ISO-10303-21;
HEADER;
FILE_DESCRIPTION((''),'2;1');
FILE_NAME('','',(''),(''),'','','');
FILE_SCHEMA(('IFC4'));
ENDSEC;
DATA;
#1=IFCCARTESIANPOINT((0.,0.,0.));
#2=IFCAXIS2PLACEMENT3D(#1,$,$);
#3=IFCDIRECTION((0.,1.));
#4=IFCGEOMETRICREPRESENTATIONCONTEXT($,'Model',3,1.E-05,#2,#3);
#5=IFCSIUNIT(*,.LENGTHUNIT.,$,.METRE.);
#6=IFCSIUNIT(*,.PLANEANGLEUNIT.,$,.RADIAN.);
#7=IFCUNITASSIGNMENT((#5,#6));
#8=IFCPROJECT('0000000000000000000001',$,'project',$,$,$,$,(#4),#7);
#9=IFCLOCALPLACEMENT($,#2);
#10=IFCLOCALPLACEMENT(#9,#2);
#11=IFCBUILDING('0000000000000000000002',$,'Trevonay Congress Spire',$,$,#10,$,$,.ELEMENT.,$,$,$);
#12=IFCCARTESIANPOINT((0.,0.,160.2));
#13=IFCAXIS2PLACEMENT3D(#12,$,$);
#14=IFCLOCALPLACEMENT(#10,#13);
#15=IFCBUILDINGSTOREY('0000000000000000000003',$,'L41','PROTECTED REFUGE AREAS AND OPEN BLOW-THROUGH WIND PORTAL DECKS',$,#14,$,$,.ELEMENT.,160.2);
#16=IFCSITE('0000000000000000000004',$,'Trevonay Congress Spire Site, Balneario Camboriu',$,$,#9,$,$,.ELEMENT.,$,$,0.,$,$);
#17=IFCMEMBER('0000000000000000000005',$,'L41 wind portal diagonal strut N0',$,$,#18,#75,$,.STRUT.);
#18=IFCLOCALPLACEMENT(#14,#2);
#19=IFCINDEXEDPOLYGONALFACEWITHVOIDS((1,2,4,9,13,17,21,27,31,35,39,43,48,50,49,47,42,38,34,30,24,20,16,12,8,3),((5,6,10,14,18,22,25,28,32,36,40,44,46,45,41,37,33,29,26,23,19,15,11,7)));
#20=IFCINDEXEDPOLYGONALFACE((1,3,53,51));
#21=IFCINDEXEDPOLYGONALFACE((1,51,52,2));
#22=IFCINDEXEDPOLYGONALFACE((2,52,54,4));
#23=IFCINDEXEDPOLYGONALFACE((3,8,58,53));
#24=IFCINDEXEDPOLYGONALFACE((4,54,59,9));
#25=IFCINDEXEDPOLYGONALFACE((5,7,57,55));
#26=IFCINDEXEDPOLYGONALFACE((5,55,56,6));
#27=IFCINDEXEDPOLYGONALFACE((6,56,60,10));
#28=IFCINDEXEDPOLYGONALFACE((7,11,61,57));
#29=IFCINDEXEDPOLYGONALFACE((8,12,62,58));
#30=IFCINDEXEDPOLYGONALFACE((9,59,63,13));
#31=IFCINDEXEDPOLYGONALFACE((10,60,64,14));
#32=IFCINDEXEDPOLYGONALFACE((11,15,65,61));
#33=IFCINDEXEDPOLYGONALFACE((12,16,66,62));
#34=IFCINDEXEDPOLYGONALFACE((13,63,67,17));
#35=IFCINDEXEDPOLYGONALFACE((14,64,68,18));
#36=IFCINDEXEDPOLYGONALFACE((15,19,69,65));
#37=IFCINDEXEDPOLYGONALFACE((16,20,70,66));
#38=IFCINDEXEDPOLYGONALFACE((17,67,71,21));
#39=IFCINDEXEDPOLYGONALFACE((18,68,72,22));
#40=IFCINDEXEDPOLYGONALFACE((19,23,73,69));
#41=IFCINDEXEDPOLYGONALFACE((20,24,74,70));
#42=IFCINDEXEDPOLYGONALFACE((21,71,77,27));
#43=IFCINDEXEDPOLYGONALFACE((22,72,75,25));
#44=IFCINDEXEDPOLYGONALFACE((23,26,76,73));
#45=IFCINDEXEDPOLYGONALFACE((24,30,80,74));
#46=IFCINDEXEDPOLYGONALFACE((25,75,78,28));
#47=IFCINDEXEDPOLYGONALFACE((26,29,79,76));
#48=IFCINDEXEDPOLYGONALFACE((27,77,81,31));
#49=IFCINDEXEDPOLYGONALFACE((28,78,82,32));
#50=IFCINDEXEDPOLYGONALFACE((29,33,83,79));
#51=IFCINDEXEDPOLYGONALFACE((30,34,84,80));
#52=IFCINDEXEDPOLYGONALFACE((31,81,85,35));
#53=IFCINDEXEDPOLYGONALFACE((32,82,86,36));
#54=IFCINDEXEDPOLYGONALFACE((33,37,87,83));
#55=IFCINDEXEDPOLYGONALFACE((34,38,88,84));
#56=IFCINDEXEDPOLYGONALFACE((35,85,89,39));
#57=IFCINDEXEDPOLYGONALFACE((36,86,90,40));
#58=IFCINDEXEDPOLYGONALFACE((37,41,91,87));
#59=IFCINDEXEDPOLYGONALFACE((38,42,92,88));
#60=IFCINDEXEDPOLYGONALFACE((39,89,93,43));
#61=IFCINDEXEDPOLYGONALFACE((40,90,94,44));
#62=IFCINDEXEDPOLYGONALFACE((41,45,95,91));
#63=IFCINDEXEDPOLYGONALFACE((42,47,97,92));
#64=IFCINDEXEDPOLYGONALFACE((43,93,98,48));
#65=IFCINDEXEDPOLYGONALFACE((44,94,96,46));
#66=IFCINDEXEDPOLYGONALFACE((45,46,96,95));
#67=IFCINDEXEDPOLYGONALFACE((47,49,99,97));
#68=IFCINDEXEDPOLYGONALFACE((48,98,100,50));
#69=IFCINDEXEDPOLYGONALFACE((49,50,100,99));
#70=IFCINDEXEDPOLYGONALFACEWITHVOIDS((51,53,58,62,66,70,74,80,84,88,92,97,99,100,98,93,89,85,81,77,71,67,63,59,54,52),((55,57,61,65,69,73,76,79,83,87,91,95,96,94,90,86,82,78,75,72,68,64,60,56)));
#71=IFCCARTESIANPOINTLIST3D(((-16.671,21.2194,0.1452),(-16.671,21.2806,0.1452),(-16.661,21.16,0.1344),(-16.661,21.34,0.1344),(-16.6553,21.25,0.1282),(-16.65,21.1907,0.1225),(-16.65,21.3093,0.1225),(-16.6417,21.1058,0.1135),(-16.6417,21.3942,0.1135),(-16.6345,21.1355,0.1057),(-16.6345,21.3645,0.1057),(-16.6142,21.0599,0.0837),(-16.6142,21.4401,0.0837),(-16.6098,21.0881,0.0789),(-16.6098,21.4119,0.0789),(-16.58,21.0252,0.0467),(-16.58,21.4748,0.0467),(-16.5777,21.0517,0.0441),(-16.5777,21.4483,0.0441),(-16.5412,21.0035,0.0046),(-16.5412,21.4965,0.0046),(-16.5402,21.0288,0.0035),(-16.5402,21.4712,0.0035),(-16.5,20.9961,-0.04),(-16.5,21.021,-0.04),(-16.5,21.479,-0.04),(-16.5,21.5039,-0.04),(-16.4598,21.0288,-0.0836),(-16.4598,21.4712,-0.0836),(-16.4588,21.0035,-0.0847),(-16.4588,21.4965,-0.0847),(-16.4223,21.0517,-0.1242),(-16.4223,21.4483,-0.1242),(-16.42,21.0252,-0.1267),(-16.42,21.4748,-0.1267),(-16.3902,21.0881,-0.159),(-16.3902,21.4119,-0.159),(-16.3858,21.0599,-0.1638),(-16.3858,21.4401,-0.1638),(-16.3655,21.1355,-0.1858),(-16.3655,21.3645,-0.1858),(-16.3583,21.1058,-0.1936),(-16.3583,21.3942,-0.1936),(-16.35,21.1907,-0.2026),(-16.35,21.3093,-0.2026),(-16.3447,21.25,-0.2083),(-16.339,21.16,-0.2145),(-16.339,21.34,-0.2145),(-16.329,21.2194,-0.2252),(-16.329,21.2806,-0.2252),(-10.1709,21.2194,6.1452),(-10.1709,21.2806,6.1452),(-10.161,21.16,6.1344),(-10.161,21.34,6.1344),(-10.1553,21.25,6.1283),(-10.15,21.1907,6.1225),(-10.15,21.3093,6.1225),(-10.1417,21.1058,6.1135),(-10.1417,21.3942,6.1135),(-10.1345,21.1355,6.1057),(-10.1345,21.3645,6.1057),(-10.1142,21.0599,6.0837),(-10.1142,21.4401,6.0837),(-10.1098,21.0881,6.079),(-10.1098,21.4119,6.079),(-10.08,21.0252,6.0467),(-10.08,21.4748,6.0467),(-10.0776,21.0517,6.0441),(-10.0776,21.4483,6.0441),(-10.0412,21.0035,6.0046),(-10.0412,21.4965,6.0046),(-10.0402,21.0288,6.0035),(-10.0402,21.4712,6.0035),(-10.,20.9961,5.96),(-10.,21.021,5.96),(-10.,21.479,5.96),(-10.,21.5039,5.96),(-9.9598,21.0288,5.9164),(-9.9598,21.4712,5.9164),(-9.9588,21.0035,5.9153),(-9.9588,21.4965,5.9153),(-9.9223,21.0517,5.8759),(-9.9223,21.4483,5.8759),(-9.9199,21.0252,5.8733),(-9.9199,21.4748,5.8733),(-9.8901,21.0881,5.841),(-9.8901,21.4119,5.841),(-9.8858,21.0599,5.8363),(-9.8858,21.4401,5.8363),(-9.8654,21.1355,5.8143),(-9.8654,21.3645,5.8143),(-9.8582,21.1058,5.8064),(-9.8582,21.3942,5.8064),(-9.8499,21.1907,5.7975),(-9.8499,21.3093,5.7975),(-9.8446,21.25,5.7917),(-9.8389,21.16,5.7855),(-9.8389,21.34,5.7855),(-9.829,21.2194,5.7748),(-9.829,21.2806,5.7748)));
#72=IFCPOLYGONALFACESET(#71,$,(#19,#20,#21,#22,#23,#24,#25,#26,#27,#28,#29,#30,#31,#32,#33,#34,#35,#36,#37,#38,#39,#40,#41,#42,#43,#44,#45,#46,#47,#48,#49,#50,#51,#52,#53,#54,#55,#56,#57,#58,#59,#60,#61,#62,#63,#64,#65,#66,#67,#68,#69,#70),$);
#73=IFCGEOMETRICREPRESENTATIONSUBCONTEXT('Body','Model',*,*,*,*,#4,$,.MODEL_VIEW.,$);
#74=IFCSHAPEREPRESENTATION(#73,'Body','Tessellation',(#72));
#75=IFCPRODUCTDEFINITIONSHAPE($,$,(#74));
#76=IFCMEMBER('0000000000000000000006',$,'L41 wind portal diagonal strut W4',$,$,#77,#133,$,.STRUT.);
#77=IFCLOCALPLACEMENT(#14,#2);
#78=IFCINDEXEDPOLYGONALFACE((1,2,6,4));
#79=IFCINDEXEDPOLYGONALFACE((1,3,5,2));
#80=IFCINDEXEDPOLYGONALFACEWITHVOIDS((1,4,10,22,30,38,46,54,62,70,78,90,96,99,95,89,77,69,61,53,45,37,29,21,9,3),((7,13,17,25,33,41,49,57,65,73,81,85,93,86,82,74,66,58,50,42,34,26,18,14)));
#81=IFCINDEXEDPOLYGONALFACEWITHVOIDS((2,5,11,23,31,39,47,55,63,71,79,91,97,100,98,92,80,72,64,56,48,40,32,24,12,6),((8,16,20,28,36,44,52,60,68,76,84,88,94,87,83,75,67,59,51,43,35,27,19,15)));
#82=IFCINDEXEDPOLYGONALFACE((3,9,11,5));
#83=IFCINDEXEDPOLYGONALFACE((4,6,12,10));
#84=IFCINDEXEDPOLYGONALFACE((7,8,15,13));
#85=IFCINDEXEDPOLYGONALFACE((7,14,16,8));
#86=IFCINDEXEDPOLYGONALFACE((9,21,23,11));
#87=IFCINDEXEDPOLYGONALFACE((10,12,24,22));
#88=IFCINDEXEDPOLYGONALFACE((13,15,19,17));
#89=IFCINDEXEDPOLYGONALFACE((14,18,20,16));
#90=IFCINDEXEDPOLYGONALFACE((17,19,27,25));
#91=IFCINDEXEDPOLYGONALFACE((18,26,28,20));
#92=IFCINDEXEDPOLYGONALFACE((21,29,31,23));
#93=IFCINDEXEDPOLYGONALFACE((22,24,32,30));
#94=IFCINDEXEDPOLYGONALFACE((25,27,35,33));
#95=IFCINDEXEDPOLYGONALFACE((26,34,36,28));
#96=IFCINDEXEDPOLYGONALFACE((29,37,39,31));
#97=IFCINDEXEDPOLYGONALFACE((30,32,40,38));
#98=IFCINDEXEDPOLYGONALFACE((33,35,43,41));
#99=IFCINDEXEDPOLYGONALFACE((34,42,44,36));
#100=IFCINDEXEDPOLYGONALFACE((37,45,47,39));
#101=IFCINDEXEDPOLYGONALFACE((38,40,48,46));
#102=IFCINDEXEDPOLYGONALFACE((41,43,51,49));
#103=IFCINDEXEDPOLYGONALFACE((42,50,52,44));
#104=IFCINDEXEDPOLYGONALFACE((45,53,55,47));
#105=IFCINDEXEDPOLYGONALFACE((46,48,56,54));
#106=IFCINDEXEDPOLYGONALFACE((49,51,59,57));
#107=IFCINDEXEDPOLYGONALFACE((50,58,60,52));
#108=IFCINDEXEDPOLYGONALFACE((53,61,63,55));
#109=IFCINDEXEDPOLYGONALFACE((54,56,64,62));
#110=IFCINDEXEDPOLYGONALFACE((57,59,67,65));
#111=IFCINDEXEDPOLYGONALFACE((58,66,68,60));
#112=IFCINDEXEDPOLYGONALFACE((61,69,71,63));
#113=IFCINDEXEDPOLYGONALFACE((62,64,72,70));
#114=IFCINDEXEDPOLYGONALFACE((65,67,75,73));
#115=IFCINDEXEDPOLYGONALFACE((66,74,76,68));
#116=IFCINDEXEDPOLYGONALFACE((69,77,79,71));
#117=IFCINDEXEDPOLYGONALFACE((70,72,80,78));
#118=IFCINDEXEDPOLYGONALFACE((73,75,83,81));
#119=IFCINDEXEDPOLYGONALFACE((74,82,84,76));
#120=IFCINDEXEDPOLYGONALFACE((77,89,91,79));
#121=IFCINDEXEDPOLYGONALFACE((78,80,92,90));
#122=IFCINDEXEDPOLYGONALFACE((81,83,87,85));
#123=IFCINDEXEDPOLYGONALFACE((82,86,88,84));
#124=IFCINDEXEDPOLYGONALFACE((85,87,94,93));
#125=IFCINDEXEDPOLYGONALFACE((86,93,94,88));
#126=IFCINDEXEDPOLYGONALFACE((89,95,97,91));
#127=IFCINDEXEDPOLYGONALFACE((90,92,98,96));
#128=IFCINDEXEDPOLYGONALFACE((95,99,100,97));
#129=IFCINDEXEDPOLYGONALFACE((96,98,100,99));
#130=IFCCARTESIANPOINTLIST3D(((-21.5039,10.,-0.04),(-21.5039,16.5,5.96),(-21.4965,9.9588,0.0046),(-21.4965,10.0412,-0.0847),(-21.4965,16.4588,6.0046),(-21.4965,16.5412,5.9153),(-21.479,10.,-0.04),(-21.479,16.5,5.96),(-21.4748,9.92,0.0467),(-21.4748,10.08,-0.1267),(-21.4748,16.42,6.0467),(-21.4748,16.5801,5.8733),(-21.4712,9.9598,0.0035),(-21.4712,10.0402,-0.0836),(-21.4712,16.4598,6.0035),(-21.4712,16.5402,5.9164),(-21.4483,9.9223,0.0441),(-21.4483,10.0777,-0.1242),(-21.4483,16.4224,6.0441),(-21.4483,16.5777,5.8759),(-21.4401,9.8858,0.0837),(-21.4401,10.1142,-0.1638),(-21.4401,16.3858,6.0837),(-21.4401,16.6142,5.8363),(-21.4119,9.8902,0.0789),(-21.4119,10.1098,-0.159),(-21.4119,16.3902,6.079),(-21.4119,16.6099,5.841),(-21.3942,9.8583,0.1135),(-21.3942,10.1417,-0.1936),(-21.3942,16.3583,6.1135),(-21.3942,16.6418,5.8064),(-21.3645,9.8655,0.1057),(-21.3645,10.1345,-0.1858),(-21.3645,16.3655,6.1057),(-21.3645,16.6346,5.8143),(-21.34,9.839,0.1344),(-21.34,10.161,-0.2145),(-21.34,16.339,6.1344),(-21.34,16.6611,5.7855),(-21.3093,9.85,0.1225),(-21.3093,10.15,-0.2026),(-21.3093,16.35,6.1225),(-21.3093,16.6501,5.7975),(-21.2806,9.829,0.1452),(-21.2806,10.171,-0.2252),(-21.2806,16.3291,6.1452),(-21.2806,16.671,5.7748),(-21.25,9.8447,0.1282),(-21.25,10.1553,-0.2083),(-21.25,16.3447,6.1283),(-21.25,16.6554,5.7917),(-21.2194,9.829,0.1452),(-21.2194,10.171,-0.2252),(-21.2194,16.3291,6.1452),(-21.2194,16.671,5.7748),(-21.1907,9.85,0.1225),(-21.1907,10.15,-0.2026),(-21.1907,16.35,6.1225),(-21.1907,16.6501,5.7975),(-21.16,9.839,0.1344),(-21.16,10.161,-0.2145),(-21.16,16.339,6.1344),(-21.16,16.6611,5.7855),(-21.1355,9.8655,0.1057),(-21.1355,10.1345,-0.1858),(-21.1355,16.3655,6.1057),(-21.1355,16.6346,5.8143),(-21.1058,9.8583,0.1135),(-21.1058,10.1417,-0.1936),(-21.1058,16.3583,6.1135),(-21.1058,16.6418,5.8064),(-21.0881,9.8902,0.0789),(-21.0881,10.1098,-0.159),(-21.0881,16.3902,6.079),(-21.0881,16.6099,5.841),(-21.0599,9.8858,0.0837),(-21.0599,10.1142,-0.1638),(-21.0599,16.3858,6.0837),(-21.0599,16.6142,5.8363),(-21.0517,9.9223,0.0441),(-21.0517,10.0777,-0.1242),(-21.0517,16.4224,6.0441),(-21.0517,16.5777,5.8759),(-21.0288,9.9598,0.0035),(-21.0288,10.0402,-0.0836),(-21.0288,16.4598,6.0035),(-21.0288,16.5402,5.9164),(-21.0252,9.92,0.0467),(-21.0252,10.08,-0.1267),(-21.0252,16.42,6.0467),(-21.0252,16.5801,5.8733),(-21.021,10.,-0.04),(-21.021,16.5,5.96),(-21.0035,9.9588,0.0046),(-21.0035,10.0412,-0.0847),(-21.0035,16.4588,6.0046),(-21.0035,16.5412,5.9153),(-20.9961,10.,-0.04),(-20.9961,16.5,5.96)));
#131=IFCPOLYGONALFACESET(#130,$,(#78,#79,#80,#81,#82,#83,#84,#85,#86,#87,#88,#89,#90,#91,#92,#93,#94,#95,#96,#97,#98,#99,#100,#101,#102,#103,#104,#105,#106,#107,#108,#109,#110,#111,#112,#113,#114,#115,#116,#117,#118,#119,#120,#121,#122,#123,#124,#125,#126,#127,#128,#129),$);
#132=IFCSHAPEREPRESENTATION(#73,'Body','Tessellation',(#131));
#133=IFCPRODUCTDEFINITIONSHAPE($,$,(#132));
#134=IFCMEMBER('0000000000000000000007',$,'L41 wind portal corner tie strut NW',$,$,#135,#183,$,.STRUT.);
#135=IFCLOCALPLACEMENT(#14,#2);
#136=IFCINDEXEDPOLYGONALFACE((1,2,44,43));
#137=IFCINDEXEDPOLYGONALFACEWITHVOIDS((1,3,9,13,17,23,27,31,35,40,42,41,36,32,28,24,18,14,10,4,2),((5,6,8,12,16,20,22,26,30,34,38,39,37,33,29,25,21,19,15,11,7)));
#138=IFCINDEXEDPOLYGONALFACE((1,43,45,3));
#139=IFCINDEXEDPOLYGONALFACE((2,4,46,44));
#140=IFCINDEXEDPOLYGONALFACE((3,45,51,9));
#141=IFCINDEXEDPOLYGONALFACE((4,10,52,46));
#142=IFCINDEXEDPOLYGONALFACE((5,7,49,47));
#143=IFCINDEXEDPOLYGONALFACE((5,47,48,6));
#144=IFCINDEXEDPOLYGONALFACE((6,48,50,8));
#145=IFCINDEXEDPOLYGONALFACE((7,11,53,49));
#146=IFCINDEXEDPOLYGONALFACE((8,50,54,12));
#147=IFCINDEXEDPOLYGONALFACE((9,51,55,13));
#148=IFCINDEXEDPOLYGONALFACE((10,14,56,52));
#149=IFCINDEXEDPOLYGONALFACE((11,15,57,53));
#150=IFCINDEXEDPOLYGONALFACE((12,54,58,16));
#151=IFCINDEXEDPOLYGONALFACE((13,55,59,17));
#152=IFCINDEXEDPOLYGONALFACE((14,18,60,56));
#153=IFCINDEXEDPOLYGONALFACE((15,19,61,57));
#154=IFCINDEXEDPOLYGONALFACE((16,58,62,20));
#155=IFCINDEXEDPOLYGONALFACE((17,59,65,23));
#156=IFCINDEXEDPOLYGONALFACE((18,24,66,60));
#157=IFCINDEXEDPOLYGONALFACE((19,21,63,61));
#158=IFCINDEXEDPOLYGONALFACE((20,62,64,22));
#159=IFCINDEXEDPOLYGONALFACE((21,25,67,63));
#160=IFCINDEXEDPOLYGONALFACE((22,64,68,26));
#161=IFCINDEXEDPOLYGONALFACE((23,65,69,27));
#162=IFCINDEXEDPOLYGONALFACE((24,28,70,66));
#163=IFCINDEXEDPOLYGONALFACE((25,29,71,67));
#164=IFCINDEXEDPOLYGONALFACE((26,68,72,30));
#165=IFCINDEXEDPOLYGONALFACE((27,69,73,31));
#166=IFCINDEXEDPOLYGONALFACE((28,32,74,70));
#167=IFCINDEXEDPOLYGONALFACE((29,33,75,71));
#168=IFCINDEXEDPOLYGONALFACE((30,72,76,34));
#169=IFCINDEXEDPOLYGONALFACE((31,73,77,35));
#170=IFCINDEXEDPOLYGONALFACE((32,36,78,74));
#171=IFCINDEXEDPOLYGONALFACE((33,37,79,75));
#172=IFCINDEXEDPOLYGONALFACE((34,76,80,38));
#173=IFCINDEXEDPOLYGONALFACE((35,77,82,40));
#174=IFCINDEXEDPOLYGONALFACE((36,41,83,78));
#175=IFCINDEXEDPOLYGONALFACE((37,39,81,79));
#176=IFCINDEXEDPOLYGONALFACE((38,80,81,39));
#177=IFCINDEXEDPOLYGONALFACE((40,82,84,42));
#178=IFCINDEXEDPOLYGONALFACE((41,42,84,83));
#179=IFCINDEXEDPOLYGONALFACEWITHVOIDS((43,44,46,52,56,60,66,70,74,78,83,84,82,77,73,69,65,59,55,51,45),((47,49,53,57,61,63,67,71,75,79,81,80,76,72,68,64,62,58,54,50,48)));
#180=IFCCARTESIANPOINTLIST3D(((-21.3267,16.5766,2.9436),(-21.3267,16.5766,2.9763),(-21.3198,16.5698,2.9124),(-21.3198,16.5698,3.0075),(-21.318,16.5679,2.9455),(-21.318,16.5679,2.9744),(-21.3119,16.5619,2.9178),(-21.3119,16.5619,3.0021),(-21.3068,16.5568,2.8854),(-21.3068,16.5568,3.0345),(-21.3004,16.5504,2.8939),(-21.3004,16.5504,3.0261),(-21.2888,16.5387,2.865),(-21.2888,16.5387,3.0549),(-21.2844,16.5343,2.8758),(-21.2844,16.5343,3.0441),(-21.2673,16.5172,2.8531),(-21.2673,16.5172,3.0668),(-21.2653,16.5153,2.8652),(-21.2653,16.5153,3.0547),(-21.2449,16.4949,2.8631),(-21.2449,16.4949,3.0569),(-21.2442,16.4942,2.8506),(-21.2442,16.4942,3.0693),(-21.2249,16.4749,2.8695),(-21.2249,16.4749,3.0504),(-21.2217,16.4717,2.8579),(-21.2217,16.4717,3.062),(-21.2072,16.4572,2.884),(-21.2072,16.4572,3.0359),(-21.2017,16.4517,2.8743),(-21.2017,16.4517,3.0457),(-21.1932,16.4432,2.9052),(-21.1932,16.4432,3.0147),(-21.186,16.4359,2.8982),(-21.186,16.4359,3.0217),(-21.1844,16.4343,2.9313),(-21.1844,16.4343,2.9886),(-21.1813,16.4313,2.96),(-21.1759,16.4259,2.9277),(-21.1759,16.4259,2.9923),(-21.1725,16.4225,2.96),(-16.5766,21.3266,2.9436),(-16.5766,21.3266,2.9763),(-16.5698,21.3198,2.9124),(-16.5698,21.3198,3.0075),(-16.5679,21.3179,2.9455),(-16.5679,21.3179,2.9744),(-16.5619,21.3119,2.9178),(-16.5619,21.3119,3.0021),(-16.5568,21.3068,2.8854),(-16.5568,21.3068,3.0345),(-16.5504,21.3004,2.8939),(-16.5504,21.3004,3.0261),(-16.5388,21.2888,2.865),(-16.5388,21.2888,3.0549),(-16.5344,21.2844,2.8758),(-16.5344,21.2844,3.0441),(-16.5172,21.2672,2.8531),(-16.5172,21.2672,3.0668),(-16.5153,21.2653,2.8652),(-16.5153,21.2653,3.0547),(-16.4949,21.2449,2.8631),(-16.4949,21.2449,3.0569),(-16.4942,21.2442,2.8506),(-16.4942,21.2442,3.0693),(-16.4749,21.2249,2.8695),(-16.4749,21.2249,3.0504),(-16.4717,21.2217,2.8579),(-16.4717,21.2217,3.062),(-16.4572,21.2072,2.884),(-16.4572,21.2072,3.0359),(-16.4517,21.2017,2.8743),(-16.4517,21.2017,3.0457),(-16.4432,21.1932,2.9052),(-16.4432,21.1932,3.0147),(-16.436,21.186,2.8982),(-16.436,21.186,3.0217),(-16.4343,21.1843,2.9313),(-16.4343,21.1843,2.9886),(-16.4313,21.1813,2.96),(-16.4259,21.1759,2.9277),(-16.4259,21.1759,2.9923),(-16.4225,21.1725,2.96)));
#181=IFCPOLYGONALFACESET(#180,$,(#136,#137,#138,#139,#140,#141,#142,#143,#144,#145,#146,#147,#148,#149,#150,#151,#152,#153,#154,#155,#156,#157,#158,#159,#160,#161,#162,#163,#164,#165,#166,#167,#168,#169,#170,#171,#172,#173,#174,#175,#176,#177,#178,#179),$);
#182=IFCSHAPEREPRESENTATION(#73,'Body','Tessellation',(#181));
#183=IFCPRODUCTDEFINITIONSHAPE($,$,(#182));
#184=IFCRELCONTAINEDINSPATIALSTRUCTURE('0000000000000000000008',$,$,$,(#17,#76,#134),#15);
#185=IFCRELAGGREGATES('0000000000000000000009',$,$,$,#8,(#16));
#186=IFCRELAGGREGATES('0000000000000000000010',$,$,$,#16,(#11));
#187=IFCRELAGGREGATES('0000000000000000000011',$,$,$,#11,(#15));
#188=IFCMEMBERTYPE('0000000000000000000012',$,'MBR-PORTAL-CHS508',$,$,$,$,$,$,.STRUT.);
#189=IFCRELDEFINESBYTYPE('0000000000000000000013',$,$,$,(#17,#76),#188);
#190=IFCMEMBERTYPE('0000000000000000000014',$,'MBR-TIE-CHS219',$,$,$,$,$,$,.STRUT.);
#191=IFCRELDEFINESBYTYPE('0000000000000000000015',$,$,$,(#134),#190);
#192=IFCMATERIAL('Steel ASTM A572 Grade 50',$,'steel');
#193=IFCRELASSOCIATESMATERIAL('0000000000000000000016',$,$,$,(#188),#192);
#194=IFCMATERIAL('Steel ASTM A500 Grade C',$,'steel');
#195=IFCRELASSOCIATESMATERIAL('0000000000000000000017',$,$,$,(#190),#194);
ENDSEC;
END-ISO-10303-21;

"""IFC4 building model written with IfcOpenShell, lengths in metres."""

from ifc_helpers import new_model, si_unit, direction, frame, origin, origin_2d, place, context, subcontext, project, spatial, hollow_circle, extrude, material, material_profile, profile_set, type_object, element, save


model = new_model("IFC4")

# Units and contexts
model_context = context("Model", 3, precision=1e-05, world=origin(), true_north=direction((0.0, 1.0)))
body_context = subcontext(model_context, "Body", "Model", "MODEL_VIEW")
ifc_project = project(units=[si_unit("LENGTHUNIT", "METRE"), si_unit("PLANEANGLEUNIT", "RADIAN")], contexts=[model_context])

# Site, building, storey
site_placement = place(None, origin())
site = spatial("IfcSite", under=ifc_project, at=site_placement, Name="Trevonay Congress Spire Site, Balneario Camboriu", CompositionType="ELEMENT", RefElevation=0.0)
building_placement = place(site_placement, origin())
building = spatial("IfcBuilding", under=site, at=building_placement, Name="Trevonay Congress Spire", CompositionType="ELEMENT")
storey_placement = place(building_placement, frame((0.0, 0.0, 160.2)))
storey = spatial("IfcBuildingStorey", under=building, at=storey_placement, Name="L41", Description="PROTECTED REFUGE AREAS AND OPEN BLOW-THROUGH WIND PORTAL DECKS", CompositionType="ELEMENT", Elevation=160.2)

# Shared definitions
ifc_material_1 = material(Name="Steel ASTM A572 Grade 50", Category="steel")

# Members
ifc_material_profile_1 = material_profile(ifc_material_1, hollow_circle(Radius=0.2539, WallThickness=0.0249, at=origin_2d()), Name="CHS 508x25")
ifc_profile_set_1 = profile_set([ifc_material_profile_1], Name="Steel ASTM A572 Grade 50")
member_type_1 = type_object("IfcMemberType", Name="MBR-PORTAL-CHS508", PredefinedType="STRUT", material=ifc_profile_set_1)
for number, where, z_axis, x_axis, name in (
    (1, (-16.5, 21.25, -0.04), (0.734803, 0.0, 0.67828), (0.0, 1.0, 0.0), "L41 wind portal diagonal strut N0"),
    (2, (-21.25, 10.0, -0.04), (0.0, 0.734803, 0.67828), (-1.0, 0.0, 0.0), "L41 wind portal diagonal strut W4"),
):
    element("IfcMember", number, at=place(storey_placement, frame(where, z_axis=z_axis, x_axis=x_axis)), inside=storey, type_object=member_type_1, Name=name, PredefinedType="STRUT", context=body_context, shape_type="SweptSolid", body=[
        extrude(hollow_circle(Radius=0.2539, WallThickness=0.0249, at=origin_2d()), origin(), (0.0, 0.0, 1.0), 8.8459),
    ])
ifc_material_2 = material(Name="Steel ASTM A500 Grade C", Category="steel")
ifc_material_profile_2 = material_profile(ifc_material_2, hollow_circle(Radius=0.1096, WallThickness=0.0125, at=origin_2d()), Name="CHS 219.1x12.5")
ifc_profile_set_2 = profile_set([ifc_material_profile_2], Name="Steel ASTM A500 Grade C")
member_type_2 = type_object("IfcMemberType", Name="MBR-TIE-CHS219", PredefinedType="STRUT", material=ifc_profile_set_2)
member_placement = place(storey_placement, frame((-16.5, 21.25, 2.96), z_axis=(-0.707107, -0.707107, 0.0), x_axis=(0.707107, -0.707107, 0.0)))
element("IfcMember", 3, at=member_placement, inside=storey, type_object=member_type_2, Name="L41 wind portal corner tie strut NW", PredefinedType="STRUT", context=body_context, shape_type="SweptSolid", body=[
    extrude(hollow_circle(Radius=0.1096, WallThickness=0.0125, at=origin_2d()), origin(), (0.0, 0.0, 1.0), 6.7175),
])

save(model, "model.ifc")
